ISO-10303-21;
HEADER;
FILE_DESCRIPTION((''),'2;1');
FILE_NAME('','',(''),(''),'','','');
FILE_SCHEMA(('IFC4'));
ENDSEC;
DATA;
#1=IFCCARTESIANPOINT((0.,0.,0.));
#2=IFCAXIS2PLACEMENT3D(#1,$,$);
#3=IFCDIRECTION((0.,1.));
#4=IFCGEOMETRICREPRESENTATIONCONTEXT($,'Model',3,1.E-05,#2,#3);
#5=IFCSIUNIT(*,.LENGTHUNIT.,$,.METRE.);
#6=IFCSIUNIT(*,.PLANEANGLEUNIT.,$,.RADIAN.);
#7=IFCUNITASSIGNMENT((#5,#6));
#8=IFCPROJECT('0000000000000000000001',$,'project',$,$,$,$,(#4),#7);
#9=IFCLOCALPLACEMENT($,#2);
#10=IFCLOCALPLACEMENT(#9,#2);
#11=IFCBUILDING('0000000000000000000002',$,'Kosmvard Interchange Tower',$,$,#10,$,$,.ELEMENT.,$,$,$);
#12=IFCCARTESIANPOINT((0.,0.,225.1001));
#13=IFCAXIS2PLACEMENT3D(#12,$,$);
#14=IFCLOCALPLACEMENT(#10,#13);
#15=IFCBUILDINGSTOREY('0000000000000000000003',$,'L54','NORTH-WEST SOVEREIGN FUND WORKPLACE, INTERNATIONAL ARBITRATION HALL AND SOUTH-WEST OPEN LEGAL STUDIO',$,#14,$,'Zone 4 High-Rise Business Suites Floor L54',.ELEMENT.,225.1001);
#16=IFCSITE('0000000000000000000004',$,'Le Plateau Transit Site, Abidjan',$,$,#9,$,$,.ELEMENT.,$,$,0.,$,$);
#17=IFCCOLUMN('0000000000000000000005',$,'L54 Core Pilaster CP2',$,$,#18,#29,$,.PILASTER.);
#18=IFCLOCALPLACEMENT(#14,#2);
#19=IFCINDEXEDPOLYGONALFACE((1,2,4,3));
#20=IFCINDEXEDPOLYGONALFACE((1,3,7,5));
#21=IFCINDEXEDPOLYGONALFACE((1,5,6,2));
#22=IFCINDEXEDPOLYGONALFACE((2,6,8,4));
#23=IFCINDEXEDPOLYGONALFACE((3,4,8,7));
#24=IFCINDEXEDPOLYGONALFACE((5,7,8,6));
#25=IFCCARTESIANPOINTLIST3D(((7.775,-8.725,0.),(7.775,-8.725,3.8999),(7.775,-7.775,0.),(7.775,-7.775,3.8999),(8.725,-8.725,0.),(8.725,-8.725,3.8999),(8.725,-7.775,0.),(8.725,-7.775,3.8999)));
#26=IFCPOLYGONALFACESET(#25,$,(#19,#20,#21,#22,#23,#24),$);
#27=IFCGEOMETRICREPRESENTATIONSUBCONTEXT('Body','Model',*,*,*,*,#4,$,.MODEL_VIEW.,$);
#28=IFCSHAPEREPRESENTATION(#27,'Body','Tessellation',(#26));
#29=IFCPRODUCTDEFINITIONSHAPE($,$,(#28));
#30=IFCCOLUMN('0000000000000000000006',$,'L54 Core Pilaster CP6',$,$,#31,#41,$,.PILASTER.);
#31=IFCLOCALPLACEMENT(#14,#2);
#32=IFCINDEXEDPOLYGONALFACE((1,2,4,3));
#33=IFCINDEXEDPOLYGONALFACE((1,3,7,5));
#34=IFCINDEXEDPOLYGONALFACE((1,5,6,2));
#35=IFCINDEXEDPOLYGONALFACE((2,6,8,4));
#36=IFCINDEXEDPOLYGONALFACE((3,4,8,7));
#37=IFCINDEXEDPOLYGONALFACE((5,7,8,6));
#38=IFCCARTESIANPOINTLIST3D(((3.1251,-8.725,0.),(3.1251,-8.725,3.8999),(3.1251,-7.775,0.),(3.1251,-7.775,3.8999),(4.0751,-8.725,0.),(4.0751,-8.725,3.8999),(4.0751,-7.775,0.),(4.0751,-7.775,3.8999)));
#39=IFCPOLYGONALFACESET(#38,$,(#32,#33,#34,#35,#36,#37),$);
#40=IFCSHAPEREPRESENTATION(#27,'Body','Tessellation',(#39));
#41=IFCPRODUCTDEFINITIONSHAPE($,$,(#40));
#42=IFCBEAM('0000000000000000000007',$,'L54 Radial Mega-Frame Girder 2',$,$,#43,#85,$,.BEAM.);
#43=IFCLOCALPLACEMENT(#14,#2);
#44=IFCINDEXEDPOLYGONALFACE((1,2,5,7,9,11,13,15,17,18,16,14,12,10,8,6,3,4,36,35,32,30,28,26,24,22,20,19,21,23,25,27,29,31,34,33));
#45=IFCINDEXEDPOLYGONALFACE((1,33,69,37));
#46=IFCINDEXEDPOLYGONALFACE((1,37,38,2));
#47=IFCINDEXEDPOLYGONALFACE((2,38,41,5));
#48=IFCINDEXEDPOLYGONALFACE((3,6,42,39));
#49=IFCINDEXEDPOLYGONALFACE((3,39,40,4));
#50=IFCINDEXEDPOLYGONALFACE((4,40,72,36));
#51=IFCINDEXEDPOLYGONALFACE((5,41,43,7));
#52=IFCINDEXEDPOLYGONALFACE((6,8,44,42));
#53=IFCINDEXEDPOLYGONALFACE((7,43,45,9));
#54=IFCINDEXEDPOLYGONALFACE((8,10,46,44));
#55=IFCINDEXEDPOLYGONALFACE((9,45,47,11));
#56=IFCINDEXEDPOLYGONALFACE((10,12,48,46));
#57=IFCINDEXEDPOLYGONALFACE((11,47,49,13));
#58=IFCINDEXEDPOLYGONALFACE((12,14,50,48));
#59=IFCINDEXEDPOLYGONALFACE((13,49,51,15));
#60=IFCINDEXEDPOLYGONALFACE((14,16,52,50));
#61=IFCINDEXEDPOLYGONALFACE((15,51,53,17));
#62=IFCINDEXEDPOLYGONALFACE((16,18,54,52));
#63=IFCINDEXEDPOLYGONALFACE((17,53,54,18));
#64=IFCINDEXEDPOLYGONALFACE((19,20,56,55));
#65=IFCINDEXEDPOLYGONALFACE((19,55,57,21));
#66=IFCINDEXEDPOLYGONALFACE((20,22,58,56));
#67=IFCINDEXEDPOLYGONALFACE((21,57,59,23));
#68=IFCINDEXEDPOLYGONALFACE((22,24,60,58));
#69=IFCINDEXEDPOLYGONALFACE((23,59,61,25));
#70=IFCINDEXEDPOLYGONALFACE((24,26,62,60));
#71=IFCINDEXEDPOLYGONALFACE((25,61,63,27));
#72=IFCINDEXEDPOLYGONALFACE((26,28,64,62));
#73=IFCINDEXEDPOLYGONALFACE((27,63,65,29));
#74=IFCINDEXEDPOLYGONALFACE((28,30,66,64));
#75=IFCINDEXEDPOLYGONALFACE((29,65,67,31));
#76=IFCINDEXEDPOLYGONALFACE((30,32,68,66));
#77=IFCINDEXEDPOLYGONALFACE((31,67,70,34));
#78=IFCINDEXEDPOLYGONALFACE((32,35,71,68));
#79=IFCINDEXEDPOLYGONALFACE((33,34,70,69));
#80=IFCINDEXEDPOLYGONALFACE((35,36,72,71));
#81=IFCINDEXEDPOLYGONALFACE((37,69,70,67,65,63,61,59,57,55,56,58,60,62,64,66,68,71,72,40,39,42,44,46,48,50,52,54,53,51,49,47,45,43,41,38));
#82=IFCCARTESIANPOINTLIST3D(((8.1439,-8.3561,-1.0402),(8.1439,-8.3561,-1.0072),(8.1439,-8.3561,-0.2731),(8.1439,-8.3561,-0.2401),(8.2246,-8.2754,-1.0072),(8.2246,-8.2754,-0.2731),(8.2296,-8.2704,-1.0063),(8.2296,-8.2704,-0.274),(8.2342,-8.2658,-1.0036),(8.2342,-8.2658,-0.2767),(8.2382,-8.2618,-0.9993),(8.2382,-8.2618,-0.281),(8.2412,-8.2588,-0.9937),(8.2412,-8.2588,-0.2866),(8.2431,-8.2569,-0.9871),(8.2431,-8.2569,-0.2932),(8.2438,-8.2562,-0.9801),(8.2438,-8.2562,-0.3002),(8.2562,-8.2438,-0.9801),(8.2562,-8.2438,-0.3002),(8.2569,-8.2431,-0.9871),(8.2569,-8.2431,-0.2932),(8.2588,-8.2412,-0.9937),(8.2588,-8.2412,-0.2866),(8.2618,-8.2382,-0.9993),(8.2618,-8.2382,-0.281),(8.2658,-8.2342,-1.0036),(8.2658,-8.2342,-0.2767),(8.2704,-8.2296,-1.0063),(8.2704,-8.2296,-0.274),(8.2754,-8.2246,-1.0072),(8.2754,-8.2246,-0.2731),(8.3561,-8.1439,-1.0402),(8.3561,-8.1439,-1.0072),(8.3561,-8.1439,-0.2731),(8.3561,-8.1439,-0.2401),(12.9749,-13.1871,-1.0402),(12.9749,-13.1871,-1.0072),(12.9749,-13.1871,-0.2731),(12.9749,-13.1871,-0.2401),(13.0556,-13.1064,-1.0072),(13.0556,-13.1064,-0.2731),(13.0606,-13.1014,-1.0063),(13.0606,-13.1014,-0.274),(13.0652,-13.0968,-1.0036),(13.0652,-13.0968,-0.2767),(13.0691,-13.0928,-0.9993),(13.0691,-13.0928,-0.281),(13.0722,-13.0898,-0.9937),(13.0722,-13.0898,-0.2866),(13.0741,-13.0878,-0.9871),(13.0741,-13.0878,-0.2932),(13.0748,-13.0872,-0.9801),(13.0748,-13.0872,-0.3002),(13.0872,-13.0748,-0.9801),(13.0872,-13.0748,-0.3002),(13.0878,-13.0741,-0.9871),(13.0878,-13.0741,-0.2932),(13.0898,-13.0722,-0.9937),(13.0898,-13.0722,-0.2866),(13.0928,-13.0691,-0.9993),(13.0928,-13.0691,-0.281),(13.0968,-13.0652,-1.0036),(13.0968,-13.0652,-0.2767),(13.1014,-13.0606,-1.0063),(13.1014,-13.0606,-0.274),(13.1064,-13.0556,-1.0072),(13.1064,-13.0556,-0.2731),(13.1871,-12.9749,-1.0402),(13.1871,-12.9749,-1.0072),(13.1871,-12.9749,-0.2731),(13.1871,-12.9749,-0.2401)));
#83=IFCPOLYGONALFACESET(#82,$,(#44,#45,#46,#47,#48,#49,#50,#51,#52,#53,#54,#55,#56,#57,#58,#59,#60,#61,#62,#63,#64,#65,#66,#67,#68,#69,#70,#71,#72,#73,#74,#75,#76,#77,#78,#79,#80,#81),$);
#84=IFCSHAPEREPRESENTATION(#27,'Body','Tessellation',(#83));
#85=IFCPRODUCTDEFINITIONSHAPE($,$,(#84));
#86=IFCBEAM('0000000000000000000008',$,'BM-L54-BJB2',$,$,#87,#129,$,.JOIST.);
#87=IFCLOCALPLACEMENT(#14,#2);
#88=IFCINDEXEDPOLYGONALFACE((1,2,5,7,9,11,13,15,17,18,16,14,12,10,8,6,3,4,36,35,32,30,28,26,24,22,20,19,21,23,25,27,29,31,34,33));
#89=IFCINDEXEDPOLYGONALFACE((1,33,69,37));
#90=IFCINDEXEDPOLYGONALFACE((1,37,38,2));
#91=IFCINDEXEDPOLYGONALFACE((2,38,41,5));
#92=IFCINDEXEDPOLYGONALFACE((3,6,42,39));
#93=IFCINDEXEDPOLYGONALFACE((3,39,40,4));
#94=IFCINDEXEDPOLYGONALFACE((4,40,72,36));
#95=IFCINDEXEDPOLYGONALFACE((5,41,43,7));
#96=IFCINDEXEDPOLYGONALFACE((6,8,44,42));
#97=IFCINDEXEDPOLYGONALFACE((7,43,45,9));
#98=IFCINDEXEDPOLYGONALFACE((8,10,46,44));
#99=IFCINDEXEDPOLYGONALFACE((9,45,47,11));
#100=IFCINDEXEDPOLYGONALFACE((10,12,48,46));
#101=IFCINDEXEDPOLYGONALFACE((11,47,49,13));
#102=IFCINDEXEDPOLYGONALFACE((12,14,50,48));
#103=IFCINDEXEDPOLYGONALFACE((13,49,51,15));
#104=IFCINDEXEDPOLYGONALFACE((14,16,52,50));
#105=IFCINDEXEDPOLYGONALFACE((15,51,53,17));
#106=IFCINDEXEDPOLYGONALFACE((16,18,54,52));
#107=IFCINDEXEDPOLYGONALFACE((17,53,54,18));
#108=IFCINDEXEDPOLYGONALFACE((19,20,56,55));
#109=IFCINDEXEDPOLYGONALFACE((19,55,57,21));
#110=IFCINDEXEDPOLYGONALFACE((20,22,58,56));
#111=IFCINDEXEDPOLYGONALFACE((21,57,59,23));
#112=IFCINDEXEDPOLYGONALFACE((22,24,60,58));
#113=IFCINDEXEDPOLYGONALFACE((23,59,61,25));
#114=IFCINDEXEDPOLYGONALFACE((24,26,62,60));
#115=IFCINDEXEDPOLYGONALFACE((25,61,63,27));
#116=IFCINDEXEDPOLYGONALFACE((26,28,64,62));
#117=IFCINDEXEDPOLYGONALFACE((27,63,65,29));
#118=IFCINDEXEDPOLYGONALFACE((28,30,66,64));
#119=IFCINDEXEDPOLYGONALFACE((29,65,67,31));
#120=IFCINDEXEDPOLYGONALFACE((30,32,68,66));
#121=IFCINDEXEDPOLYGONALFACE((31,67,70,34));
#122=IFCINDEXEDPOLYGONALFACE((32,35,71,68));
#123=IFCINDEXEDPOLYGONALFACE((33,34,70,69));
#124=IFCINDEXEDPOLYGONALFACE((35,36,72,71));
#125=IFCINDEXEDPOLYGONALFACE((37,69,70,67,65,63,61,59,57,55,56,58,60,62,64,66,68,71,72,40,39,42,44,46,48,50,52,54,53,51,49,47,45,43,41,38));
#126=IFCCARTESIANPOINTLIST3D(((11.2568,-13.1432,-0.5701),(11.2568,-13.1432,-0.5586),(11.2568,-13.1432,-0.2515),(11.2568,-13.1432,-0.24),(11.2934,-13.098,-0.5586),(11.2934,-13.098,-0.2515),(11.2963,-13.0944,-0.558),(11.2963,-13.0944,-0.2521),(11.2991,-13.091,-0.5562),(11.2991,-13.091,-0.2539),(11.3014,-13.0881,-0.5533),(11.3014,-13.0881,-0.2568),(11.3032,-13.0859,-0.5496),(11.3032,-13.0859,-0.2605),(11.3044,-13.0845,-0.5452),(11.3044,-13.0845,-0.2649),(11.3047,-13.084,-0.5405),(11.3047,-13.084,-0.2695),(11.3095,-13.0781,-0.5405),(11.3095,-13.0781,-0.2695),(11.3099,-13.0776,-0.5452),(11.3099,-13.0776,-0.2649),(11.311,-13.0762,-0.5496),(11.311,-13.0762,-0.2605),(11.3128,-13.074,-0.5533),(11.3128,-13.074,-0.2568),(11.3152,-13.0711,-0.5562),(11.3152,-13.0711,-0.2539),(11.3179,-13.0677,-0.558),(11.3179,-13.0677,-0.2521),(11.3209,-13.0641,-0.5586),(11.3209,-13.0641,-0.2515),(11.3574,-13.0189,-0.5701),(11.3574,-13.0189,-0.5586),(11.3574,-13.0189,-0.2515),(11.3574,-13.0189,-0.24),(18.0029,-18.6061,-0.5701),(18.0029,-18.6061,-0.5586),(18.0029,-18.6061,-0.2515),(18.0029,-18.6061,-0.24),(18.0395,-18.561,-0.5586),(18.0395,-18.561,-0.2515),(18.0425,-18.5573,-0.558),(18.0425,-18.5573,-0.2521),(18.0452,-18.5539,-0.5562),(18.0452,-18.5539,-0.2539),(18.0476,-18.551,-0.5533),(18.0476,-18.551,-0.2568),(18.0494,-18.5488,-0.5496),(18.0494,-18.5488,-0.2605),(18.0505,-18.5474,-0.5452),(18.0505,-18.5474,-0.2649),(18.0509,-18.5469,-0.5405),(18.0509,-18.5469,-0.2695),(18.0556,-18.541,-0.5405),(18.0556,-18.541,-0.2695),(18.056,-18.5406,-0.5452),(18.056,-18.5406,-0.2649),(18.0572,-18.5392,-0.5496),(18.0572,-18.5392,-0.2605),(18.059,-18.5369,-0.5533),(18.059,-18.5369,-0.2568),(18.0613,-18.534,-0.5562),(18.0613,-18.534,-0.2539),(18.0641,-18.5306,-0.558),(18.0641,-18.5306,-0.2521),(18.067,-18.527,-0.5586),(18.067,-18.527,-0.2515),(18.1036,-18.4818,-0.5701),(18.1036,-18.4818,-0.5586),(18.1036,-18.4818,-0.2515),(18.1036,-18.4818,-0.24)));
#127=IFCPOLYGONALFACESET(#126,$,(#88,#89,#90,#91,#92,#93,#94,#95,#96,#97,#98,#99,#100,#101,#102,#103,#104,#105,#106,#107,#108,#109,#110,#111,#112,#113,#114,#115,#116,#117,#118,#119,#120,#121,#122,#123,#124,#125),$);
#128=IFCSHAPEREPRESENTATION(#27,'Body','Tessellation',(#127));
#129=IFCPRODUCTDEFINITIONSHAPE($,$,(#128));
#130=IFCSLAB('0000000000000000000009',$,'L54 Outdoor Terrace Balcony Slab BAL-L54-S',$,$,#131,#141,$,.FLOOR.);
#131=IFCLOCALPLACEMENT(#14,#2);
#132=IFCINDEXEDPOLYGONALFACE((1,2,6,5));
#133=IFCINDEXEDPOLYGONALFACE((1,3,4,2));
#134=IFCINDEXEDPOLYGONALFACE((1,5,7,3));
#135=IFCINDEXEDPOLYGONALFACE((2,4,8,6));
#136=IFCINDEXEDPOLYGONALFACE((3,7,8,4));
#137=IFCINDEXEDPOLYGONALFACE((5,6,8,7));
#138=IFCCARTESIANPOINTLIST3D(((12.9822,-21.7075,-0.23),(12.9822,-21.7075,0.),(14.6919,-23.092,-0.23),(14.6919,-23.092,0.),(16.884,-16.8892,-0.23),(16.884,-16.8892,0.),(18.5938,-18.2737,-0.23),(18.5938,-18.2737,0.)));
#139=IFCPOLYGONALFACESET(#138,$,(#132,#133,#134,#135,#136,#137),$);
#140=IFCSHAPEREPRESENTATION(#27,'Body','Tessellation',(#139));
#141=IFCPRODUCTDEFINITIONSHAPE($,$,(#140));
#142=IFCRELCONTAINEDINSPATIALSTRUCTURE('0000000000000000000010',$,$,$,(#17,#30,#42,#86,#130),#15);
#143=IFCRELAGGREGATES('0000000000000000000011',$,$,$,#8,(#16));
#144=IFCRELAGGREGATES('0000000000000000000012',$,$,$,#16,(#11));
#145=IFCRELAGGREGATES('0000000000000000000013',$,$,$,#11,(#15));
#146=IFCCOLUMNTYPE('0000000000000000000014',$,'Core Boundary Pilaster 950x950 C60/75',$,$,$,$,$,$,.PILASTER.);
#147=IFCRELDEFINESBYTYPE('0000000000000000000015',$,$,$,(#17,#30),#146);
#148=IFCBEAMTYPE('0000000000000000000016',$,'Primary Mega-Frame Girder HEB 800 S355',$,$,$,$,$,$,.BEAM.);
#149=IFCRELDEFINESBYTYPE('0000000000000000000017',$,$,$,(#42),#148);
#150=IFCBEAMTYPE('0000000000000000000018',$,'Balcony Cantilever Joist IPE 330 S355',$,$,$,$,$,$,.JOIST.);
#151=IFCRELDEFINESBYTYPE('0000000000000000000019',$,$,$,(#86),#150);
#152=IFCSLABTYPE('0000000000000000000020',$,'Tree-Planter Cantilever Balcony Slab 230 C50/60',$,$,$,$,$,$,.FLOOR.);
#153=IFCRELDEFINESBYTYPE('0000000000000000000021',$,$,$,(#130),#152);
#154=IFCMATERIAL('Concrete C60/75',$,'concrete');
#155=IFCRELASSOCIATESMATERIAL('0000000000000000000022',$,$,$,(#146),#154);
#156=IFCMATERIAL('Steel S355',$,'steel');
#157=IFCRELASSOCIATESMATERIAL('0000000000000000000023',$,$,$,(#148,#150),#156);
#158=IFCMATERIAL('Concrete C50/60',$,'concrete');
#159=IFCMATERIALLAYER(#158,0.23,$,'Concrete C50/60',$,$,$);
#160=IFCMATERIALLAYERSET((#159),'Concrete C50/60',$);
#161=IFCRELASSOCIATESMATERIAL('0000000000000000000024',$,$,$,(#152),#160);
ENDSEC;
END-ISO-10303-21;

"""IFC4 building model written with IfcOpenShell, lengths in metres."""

from ifc_helpers import new_model, si_unit, direction, frame, origin, origin_2d, place, context, subcontext, project, spatial, polyline, rectangle, i_section, outline, extrude, source, transform, mapped, material, layer, layer_set, material_profile, profile_set, type_object, element, save


model = new_model("IFC4")

# Units and contexts
model_context = context("Model", 3, precision=1e-05, world=origin(), true_north=direction((0.0, 1.0)))
body_context = subcontext(model_context, "Body", "Model", "MODEL_VIEW")
ifc_project = project(units=[si_unit("LENGTHUNIT", "METRE"), si_unit("PLANEANGLEUNIT", "RADIAN")], contexts=[model_context])

# Site, building, storey
site_placement = place(None, origin())
site = spatial("IfcSite", under=ifc_project, at=site_placement, Name="Le Plateau Transit Site, Abidjan", CompositionType="ELEMENT", RefElevation=0.0)
building_placement = place(site_placement, origin())
building = spatial("IfcBuilding", under=site, at=building_placement, Name="Kosmvard Interchange Tower", CompositionType="ELEMENT")
storey_placement = place(building_placement, frame((0.0, 0.0, 225.1001)))
storey = spatial("IfcBuildingStorey", under=building, at=storey_placement, Name="L54", Description="NORTH-WEST SOVEREIGN FUND WORKPLACE, INTERNATIONAL ARBITRATION HALL AND SOUTH-WEST OPEN LEGAL STUDIO", LongName="Zone 4 High-Rise Business Suites Floor L54", CompositionType="ELEMENT", Elevation=225.1001)

# Columns
ifc_material_1 = material(Name="Concrete C60/75", Category="concrete")
ifc_material_profile_1 = material_profile(ifc_material_1, rectangle(XDim=0.95, YDim=0.95, at=origin_2d()), Name="CP 950x950")
ifc_profile_set_1 = profile_set([ifc_material_profile_1], Name="Concrete C60/75")
column_type = type_object("IfcColumnType", Name="Core Boundary Pilaster 950x950 C60/75", PredefinedType="PILASTER", material=ifc_profile_set_1)
shared_shape_1 = source(origin(), body_context, "Body", "SweptSolid", [
    extrude(rectangle(XDim=0.95, YDim=0.95, at=origin_2d()), origin(), (0.0, 0.0, 1.0), 3.8999),
])
for number, where, z_axis, x_axis, name in (
    (1, (8.25, -8.25, 0.0), (0.0, 0.0, 1.0), (1.0, 0.0, 0.0), "L54 Core Pilaster CP2"),
    (2, (3.6001, -8.25, 0.0), (0.0, 0.0, 1.0), (1.0, 0.0, 0.0), "L54 Core Pilaster CP6"),
):
    element("IfcColumn", number, at=place(storey_placement, frame(where, z_axis=z_axis, x_axis=x_axis)), inside=storey, type_object=column_type, Name=name, PredefinedType="PILASTER", context=body_context, shape_type="MappedRepresentation", body=[
        mapped(shared_shape_1, transform((0.0, 0.0, 0.0), scale=1.0)),
    ])

# Beams
ifc_material_2 = material(Name="Steel S355", Category="steel")
ifc_material_profile_2 = material_profile(ifc_material_2, i_section(OverallWidth=0.3, OverallDepth=0.8, WebThickness=0.0176, FlangeThickness=0.033, FilletRadius=0.0271, at=origin_2d()), Name="HEB 800")
ifc_profile_set_2 = profile_set([ifc_material_profile_2], Name="Steel S355")
beam_type_1 = type_object("IfcBeamType", Name="Primary Mega-Frame Girder HEB 800 S355", PredefinedType="BEAM", material=ifc_profile_set_2)
shared_shape_2 = source(origin(), body_context, "Body", "SweptSolid", [
    extrude(i_section(OverallWidth=0.3, OverallDepth=0.8, WebThickness=0.0176, FlangeThickness=0.033, FilletRadius=0.0271, at=origin_2d()), origin(), (0.0, 0.0, 1.0), 6.832),
])
beam_1_placement = place(storey_placement, frame((8.25, -8.25, -0.6401), z_axis=(0.707107, -0.707107, 0.0), x_axis=(0.707107, 0.707107, 0.0)))
element("IfcBeam", 3, at=beam_1_placement, inside=storey, type_object=beam_type_1, Name="L54 Radial Mega-Frame Girder 2", PredefinedType="BEAM", context=body_context, shape_type="MappedRepresentation", body=[
    mapped(shared_shape_2, transform((0.0, 0.0, 0.0), scale=1.0)),
])
ifc_material_profile_3 = material_profile(ifc_material_2, i_section(OverallWidth=0.1599, OverallDepth=0.3301, WebThickness=0.0076, FlangeThickness=0.0115, FilletRadius=0.0181, at=origin_2d()), Name="IPE 330")
ifc_profile_set_3 = profile_set([ifc_material_profile_3], Name="Steel S355")
beam_type_2 = type_object("IfcBeamType", Name="Balcony Cantilever Joist IPE 330 S355", PredefinedType="JOIST", material=ifc_profile_set_3)
shared_shape_3 = source(origin(), body_context, "Body", "SweptSolid", [
    extrude(i_section(OverallWidth=0.1599, OverallDepth=0.3301, WebThickness=0.0076, FlangeThickness=0.0115, FilletRadius=0.0181, at=origin_2d()), origin(), (0.0, 0.0, 1.0), 8.6807),
])
beam_2_placement = place(storey_placement, frame((11.3071, -13.0811, -0.405), z_axis=(0.777145, -0.629321, 0.0), x_axis=(0.629321, 0.777145, 0.0)))
element("IfcBeam", 4, at=beam_2_placement, inside=storey, type_object=beam_type_2, Name="BM-L54-BJB2", PredefinedType="JOIST", context=body_context, shape_type="MappedRepresentation", body=[
    mapped(shared_shape_3, transform((0.0, 0.0, 0.0), scale=1.0)),
])

# Slab
ifc_material_3 = material(Name="Concrete C50/60", Category="concrete")
ifc_layer_1 = layer(ifc_material_3, 0.23, Name="Concrete C50/60")
ifc_layer_set_1 = layer_set([ifc_layer_1], Name="Concrete C50/60")
slab_type = type_object("IfcSlabType", Name="Tree-Planter Cantilever Balcony Slab 230 C50/60", PredefinedType="FLOOR", material=ifc_layer_set_1)
slab_placement = place(storey_placement, frame((0.0, 0.0, -0.23)))
element("IfcSlab", 5, at=slab_placement, inside=storey, type_object=slab_type, Name="L54 Outdoor Terrace Balcony Slab BAL-L54-S", PredefinedType="FLOOR", context=body_context, shape_type="SweptSolid", body=[
    extrude(outline(polyline([(14.6919, -23.092), (18.5938, -18.2737), (16.884, -16.8892), (12.9822, -21.7075), (14.6919, -23.092)])), origin(), (0.0, 0.0, 1.0), 0.23),
])

save(model, "model.ifc")
